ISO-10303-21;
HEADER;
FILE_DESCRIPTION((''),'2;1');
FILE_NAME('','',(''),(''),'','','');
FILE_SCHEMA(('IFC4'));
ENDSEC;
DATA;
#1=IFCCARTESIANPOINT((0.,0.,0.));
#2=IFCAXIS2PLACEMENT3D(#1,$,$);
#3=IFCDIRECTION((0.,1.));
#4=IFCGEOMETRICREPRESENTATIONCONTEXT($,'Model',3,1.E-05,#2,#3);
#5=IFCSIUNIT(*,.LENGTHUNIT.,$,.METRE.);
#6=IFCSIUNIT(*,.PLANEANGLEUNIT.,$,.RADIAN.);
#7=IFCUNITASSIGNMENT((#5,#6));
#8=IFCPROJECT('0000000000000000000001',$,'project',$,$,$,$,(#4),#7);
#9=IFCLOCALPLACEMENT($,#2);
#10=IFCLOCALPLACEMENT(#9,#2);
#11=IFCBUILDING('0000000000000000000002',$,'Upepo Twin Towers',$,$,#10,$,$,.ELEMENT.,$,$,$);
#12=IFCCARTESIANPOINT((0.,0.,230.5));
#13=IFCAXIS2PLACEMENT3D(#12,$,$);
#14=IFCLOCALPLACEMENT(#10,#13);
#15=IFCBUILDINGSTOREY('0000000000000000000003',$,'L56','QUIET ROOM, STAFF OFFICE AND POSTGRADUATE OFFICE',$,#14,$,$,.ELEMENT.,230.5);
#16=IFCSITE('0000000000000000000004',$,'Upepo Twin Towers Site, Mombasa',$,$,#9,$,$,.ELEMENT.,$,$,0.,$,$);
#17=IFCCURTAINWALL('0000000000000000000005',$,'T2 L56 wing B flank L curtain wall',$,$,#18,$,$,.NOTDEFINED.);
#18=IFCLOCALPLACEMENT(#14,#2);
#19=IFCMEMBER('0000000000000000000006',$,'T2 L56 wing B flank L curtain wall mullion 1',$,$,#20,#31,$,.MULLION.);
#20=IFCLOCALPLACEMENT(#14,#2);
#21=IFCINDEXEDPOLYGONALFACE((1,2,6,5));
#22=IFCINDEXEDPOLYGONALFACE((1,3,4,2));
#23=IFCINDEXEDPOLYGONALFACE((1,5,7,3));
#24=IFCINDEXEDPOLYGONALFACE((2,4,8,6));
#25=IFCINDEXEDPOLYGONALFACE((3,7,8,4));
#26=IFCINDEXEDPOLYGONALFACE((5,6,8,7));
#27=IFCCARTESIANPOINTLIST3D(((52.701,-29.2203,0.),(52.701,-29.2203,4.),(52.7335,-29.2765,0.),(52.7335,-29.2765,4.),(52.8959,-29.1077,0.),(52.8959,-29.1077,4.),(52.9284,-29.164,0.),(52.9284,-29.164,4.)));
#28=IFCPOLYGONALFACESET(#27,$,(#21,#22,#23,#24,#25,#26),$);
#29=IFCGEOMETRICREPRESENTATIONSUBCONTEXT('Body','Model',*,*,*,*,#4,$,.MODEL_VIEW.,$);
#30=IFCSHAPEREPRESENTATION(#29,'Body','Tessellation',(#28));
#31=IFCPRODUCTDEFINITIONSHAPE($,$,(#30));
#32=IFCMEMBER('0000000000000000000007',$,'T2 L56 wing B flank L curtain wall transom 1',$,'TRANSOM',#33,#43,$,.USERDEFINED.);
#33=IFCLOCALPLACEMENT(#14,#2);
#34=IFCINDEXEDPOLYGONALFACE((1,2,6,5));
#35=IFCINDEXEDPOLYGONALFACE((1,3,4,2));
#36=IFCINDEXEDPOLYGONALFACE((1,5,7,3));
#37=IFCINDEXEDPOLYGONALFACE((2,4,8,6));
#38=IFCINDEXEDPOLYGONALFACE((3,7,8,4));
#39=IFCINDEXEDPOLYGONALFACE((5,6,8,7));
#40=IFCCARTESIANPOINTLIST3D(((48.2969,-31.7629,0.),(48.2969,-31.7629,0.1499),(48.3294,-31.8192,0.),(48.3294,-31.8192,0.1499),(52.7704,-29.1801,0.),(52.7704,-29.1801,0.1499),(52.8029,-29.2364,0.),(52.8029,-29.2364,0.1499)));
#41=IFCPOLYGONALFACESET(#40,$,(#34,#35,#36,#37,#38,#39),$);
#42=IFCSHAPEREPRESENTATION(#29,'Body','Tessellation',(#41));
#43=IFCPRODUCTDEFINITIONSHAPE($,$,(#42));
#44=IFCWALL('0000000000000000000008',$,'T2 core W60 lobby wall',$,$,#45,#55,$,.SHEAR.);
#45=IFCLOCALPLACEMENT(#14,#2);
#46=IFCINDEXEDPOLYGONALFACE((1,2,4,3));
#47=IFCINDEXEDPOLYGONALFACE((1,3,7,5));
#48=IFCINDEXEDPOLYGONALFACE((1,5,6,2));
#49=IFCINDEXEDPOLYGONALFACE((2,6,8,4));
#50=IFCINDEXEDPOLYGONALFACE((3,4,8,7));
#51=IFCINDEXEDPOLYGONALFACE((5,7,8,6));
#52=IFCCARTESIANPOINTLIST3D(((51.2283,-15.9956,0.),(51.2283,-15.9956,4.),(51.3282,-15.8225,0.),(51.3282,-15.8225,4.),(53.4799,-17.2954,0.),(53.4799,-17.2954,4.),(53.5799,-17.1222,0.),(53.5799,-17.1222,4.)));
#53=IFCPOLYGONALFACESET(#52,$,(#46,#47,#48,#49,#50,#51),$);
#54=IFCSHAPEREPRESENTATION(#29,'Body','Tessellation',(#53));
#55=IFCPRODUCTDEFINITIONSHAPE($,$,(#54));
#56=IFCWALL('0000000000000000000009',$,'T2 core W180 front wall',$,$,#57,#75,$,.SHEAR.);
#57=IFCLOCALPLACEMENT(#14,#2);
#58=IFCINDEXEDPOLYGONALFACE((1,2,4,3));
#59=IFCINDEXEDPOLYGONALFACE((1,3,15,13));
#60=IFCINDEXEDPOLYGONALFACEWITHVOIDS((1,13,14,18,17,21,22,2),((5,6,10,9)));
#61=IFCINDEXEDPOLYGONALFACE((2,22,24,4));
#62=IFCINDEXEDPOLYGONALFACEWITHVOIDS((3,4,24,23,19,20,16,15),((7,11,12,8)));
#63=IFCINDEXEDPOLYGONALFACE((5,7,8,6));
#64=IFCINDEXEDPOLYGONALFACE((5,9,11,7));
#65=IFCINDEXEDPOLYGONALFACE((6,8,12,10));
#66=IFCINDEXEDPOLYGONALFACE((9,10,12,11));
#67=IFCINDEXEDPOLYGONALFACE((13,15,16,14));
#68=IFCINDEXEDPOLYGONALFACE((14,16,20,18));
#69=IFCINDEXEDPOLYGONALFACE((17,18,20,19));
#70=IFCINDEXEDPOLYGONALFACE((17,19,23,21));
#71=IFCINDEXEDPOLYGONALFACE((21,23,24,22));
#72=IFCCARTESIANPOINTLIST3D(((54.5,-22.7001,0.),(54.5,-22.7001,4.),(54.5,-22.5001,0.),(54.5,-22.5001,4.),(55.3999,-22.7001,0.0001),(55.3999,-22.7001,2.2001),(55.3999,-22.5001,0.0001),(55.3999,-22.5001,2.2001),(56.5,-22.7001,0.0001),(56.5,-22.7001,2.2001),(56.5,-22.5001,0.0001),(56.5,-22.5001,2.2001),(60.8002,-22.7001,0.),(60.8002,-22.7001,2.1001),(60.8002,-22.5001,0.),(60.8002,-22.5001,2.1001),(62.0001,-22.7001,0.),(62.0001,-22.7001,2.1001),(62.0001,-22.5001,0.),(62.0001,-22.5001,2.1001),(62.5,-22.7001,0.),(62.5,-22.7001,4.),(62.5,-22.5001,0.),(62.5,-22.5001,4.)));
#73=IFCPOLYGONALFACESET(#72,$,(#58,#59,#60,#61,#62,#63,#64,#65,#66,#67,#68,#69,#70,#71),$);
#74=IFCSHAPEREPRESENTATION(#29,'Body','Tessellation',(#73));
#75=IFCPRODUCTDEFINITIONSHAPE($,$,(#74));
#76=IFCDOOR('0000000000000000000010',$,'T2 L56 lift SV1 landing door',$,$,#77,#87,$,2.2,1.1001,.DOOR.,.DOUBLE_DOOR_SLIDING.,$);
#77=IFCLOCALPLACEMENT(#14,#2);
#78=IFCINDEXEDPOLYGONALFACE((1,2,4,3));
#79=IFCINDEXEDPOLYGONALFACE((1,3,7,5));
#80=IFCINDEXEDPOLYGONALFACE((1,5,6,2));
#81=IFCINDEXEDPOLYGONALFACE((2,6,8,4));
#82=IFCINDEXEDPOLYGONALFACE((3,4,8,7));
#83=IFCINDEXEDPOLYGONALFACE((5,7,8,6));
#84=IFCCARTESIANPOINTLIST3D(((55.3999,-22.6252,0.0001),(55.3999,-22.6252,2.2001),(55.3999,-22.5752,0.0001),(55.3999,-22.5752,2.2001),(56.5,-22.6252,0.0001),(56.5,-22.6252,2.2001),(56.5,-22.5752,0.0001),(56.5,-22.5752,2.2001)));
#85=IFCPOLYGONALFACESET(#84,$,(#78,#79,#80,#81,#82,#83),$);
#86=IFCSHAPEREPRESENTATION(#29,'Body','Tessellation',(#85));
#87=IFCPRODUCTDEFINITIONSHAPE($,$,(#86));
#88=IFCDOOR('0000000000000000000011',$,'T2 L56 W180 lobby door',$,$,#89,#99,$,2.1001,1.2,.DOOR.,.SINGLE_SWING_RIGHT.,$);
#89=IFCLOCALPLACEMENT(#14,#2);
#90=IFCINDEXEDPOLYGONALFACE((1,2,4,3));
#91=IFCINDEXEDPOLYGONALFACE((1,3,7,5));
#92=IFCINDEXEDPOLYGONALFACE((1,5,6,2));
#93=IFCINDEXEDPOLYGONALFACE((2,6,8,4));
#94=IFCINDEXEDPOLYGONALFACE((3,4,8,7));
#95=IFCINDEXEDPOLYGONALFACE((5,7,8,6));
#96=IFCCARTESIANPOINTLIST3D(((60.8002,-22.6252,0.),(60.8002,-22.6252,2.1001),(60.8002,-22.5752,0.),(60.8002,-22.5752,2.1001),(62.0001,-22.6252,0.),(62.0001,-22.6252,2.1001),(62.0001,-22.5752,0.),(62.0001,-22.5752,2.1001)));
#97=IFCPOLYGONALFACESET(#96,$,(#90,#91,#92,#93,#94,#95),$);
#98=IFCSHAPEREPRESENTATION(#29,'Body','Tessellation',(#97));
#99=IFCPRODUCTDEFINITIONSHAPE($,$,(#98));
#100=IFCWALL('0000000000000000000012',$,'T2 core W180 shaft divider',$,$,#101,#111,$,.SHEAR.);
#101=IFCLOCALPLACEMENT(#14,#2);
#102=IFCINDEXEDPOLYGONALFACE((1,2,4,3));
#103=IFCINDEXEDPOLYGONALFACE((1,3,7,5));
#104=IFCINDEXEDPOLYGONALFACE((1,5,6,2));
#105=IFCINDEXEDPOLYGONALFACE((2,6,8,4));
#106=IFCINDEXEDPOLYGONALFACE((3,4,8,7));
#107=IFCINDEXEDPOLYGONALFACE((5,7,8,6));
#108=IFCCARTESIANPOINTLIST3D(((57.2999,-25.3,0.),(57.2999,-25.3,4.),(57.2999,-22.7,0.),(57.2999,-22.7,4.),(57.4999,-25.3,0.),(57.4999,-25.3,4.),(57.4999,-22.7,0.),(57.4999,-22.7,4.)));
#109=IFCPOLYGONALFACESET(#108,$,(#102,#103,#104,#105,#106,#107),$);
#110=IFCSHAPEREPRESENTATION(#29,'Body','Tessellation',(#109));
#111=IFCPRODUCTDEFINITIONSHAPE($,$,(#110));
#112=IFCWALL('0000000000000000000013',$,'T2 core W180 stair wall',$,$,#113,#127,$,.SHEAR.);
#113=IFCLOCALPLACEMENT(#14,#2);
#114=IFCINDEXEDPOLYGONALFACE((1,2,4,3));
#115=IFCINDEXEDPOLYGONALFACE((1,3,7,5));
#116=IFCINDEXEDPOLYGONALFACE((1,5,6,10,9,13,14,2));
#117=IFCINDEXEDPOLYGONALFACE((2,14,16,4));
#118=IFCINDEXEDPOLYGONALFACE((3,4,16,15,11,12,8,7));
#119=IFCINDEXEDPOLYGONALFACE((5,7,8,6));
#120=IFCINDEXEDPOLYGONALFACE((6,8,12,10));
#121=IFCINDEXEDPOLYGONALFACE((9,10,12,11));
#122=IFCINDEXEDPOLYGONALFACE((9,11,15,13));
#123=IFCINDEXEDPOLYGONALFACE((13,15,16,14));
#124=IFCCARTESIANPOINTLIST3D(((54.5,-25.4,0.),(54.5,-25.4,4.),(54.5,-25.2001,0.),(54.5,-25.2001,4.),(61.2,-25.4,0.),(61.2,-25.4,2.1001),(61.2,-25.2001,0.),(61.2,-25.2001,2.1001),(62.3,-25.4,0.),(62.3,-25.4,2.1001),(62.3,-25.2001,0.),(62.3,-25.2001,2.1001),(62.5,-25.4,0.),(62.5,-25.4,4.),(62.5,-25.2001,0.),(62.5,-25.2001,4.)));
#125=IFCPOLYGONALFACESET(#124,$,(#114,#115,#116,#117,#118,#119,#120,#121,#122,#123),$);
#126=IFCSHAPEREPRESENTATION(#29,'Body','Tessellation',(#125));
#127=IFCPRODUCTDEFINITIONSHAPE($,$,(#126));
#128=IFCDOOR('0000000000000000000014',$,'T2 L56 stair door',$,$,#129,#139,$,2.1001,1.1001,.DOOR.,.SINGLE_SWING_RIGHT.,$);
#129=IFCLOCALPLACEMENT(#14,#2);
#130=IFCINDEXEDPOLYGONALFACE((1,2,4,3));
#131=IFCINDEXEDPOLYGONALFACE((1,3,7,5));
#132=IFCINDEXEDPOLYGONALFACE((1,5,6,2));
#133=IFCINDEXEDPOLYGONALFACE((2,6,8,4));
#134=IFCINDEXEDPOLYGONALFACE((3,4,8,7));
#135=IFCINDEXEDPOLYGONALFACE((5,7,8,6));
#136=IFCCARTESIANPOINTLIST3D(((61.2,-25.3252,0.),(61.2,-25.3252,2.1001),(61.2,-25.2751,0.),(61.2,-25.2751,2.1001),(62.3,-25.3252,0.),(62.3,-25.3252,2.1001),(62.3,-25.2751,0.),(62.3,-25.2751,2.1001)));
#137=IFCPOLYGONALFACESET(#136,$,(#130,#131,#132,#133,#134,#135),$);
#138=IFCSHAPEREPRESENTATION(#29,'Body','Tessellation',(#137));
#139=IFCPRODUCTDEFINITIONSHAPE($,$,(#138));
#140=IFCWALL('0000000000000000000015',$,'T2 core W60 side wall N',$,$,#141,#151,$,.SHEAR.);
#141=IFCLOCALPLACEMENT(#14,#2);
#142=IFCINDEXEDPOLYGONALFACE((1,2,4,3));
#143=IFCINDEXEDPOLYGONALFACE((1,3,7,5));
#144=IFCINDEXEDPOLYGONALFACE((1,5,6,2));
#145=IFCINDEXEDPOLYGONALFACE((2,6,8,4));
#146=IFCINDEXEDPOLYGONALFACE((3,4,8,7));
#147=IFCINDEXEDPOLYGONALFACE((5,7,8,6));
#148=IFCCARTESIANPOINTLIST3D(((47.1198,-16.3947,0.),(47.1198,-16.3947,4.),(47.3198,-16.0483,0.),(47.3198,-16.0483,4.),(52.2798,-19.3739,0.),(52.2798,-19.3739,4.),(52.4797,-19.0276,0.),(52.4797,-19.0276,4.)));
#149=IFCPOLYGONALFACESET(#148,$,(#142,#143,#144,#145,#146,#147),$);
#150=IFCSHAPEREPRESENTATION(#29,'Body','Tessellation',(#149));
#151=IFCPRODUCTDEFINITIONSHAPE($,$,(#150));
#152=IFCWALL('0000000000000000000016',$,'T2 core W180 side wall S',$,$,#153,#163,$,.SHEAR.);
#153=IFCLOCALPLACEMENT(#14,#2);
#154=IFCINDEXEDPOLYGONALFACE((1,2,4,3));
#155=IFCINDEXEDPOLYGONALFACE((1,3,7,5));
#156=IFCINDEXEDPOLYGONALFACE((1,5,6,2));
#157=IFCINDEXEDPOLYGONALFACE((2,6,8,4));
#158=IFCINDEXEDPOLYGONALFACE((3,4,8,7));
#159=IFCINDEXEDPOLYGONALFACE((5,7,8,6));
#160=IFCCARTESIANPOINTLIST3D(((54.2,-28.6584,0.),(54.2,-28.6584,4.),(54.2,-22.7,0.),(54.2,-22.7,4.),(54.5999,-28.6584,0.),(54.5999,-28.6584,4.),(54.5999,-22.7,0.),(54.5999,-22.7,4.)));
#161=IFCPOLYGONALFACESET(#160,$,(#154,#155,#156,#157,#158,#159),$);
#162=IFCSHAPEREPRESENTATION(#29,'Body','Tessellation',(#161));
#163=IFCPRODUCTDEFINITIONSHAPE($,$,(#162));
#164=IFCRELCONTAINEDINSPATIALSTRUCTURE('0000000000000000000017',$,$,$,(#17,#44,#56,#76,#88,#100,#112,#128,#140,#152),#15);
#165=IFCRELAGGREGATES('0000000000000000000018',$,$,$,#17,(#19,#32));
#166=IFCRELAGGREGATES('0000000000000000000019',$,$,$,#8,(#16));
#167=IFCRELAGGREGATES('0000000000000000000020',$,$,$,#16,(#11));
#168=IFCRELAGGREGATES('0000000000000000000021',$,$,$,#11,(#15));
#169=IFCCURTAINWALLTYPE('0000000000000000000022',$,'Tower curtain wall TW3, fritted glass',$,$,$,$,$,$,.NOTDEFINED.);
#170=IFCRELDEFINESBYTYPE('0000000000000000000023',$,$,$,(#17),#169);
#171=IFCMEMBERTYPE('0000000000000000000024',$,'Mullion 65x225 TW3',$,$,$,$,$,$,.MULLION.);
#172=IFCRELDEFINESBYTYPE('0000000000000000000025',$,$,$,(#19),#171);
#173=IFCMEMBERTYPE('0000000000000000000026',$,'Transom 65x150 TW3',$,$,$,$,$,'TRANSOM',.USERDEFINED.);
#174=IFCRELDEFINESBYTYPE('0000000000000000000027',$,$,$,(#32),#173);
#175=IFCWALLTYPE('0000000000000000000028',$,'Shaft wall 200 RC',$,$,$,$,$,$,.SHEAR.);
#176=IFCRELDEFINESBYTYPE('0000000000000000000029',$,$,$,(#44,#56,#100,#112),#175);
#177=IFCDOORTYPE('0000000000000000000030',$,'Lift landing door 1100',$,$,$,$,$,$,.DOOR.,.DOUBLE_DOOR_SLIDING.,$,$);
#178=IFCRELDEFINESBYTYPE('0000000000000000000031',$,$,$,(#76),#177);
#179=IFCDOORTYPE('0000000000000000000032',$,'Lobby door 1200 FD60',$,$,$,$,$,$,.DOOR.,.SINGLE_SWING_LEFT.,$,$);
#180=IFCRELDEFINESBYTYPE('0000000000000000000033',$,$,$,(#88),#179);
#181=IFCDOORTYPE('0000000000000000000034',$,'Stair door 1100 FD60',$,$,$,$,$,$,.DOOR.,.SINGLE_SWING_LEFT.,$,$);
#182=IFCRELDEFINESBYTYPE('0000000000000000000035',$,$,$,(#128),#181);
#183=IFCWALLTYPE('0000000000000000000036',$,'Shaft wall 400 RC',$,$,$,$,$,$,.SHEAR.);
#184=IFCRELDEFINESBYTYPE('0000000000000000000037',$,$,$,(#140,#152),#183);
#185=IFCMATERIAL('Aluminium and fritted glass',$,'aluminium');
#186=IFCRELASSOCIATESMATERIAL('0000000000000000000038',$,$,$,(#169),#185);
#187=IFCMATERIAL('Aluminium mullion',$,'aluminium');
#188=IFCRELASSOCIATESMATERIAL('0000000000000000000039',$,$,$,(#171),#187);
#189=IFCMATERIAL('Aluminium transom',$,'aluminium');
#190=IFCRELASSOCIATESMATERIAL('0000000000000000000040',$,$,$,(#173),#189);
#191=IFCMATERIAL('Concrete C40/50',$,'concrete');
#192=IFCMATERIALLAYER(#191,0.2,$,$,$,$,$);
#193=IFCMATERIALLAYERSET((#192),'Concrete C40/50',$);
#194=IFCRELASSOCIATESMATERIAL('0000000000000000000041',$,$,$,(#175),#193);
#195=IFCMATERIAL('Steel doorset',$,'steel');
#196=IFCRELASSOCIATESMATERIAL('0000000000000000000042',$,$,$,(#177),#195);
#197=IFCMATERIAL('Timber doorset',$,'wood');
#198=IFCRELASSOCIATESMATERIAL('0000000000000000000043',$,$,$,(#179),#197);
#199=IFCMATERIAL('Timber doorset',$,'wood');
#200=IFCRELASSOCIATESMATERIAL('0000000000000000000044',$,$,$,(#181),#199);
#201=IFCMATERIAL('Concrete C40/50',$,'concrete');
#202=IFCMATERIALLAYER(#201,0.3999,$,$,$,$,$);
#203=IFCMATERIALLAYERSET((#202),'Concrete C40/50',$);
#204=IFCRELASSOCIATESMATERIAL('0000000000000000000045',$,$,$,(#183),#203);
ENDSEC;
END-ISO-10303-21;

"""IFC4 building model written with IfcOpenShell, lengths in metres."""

from ifc_helpers import new_model, si_unit, direction, frame, frame_2d, origin, origin_2d, place, context, subcontext, project, spatial, rectangle, extrude, material, layer, layer_set, material_profile, profile_set, type_object, element, fill, aggregate, save


model = new_model("IFC4")

# Units and contexts
model_context = context("Model", 3, precision=1e-05, world=origin(), true_north=direction((0.0, 1.0)))
body_context = subcontext(model_context, "Body", "Model", "MODEL_VIEW")
ifc_project = project(units=[si_unit("LENGTHUNIT", "METRE"), si_unit("PLANEANGLEUNIT", "RADIAN")], contexts=[model_context])

# Site, building, storey
site_placement = place(None, origin())
site = spatial("IfcSite", under=ifc_project, at=site_placement, Name="Upepo Twin Towers Site, Mombasa", CompositionType="ELEMENT", RefElevation=0.0)
building_placement = place(site_placement, origin())
building = spatial("IfcBuilding", under=site, at=building_placement, Name="Upepo Twin Towers", CompositionType="ELEMENT")
storey_placement = place(building_placement, frame((0.0, 0.0, 230.5)))
storey = spatial("IfcBuildingStorey", under=building, at=storey_placement, Name="L56", Description="QUIET ROOM, STAFF OFFICE AND POSTGRADUATE OFFICE", CompositionType="ELEMENT", Elevation=230.5)

# Curtain wall, members
ifc_material_1 = material(Name="Aluminium and fritted glass", Category="aluminium")
curtain_wall_type = type_object("IfcCurtainWallType", Name="Tower curtain wall TW3, fritted glass", PredefinedType="NOTDEFINED", material=ifc_material_1)
curtain_wall_placement = place(storey_placement, origin())
curtain_wall = element("IfcCurtainWall", 1, at=curtain_wall_placement, inside=storey, type_object=curtain_wall_type, Name="T2 L56 wing B flank L curtain wall", PredefinedType="NOTDEFINED")
ifc_material_2 = material(Name="Aluminium mullion", Category="aluminium")
ifc_material_profile_1 = material_profile(ifc_material_2, rectangle(XDim=0.0649, YDim=0.2251, at=origin_2d()), Name="MULLION 65x225")
ifc_profile_set_1 = profile_set([ifc_material_profile_1], Name="Aluminium mullion")
member_type_1 = type_object("IfcMemberType", Name="Mullion 65x225 TW3", PredefinedType="MULLION", material=ifc_profile_set_1)
member_1_placement = place(storey_placement, frame((52.8147, -29.1921, 0.0), z_axis=(0.0, 0.0, 1.0), x_axis=(0.5, -0.866025, 0.0)))
member_1 = element("IfcMember", 2, at=member_1_placement, type_object=member_type_1, Name="T2 L56 wing B flank L curtain wall mullion 1", PredefinedType="MULLION", context=body_context, shape_type="SweptSolid", body=[
    extrude(rectangle(XDim=0.0649, YDim=0.2251, at=origin_2d()), origin(), (0.0, 0.0, 1.0), 4.0),
])
ifc_material_3 = material(Name="Aluminium transom", Category="aluminium")
ifc_material_profile_2 = material_profile(ifc_material_3, rectangle(XDim=0.0649, YDim=0.1499, at=origin_2d()), Name="TRANSOM 65x150")
ifc_profile_set_2 = profile_set([ifc_material_profile_2], Name="Aluminium transom")
member_type_2 = type_object("IfcMemberType", Name="Transom 65x150 TW3", ElementType="TRANSOM", PredefinedType="USERDEFINED", material=ifc_profile_set_2)
member_2_placement = place(storey_placement, frame((52.7866, -29.2083, 0.075), z_axis=(-0.866021, -0.500007, 0.0), x_axis=(0.500007, -0.866021, 0.0)))
member_2 = element("IfcMember", 3, at=member_2_placement, type_object=member_type_2, Name="T2 L56 wing B flank L curtain wall transom 1", ObjectType="TRANSOM", PredefinedType="USERDEFINED", context=body_context, shape_type="SweptSolid", body=[
    extrude(rectangle(XDim=0.0649, YDim=0.1499, at=origin_2d()), origin(), (0.0, 0.0, 1.0), 5.1655),
])
aggregate(curtain_wall, [member_1, member_2])

# Wall
ifc_material_4 = material(Name="Concrete C40/50", Category="concrete")
ifc_layer_1 = layer(ifc_material_4, 0.2)
ifc_layer_set_1 = layer_set([ifc_layer_1], Name="Concrete C40/50")
wall_type_1 = type_object("IfcWallType", Name="Shaft wall 200 RC", PredefinedType="SHEAR", material=ifc_layer_set_1)
wall_1_placement = place(storey_placement, frame((53.5298, -17.2087, 0.0), z_axis=(0.0, 0.0, 1.0), x_axis=(-0.866062, 0.499937, 0.0)))
element("IfcWall", 4, at=wall_1_placement, inside=storey, type_object=wall_type_1, Name="T2 core W60 lobby wall", PredefinedType="SHEAR", context=body_context, shape_type="SweptSolid", body=[
    extrude(rectangle(XDim=2.5999, YDim=0.2, at=frame_2d((1.2998, 0.0))), origin(), (0.0, 0.0, 1.0), 4.0),
])

# Wall, openings, doors
wall_2_placement = place(storey_placement, frame((54.5, -22.6001, 0.0), z_axis=(0.0, 0.0, 1.0), x_axis=(1.0, 0.0, 0.0)))
wall_2 = element("IfcWall", 5, at=wall_2_placement, inside=storey, type_object=wall_type_1, Name="T2 core W180 front wall", PredefinedType="SHEAR", context=body_context, shape_type="SweptSolid", body=[
    extrude(rectangle(XDim=8.0, YDim=0.2, at=frame_2d((4.0, 0.0))), origin(), (0.0, 0.0, 1.0), 4.0),
])
opening_1_placement = place(wall_2_placement, frame((6.3, 0.0, 0.0)))
opening_1 = element("IfcOpeningElement", 6, at=opening_1_placement, cuts=wall_2, PredefinedType="OPENING", context=body_context, shape_type="SweptSolid", body=[
    extrude(rectangle(XDim=1.2, YDim=2.1001, at=frame_2d((0.6001, 1.05))), frame((0.0, 0.1099, 0.0), z_axis=(0.0, -1.0, 0.0), x_axis=(1.0, 0.0, 0.0)), (0.0, 0.0, 1.0), 0.22),
])
opening_2_placement = place(wall_2_placement, frame((0.8999, 0.0, 0.0)))
opening_2 = element("IfcOpeningElement", 7, at=opening_2_placement, cuts=wall_2, PredefinedType="OPENING", context=body_context, shape_type="SweptSolid", body=[
    extrude(rectangle(XDim=1.1001, YDim=2.2, at=frame_2d((0.55, 1.1001))), frame((0.0, 0.1099, 0.0), z_axis=(0.0, -1.0, 0.0), x_axis=(1.0, 0.0, 0.0)), (0.0, 0.0, 1.0), 0.22),
])
ifc_material_5 = material(Name="Steel doorset", Category="steel")
door_type_1 = type_object("IfcDoorType", Name="Lift landing door 1100", OperationType="DOUBLE_DOOR_SLIDING", PredefinedType="DOOR", material=ifc_material_5)
door_1_placement = place(opening_2_placement, origin())
door_1 = element("IfcDoor", 8, at=door_1_placement, inside=storey, type_object=door_type_1, Name="T2 L56 lift SV1 landing door", OperationType="DOUBLE_DOOR_SLIDING", OverallHeight=2.2, OverallWidth=1.1001, PredefinedType="DOOR", context=body_context, shape_type="SweptSolid", body=[
    extrude(rectangle(XDim=1.1001, YDim=2.2, at=frame_2d((0.55, 1.1001))), frame((0.0, 0.0249, 0.0), z_axis=(0.0, -1.0, 0.0), x_axis=(1.0, 0.0, 0.0)), (0.0, 0.0, 1.0), 0.05),
])
fill(opening_2, door_1)
ifc_material_6 = material(Name="Timber doorset", Category="wood")
door_type_2 = type_object("IfcDoorType", Name="Lobby door 1200 FD60", OperationType="SINGLE_SWING_LEFT", PredefinedType="DOOR", material=ifc_material_6)
door_2_placement = place(opening_1_placement, origin())
door_2 = element("IfcDoor", 9, at=door_2_placement, inside=storey, type_object=door_type_2, Name="T2 L56 W180 lobby door", OperationType="SINGLE_SWING_RIGHT", OverallHeight=2.1001, OverallWidth=1.2, PredefinedType="DOOR", context=body_context, shape_type="SweptSolid", body=[
    extrude(rectangle(XDim=1.2, YDim=2.1001, at=frame_2d((0.6001, 1.05))), frame((0.0, 0.0249, 0.0), z_axis=(0.0, -1.0, 0.0), x_axis=(1.0, 0.0, 0.0)), (0.0, 0.0, 1.0), 0.05),
])
fill(opening_1, door_2)

# Wall
wall_3_placement = place(storey_placement, frame((57.3999, -22.7, 0.0), z_axis=(0.0, 0.0, 1.0), x_axis=(0.0, -1.0, 0.0)))
element("IfcWall", 10, at=wall_3_placement, inside=storey, type_object=wall_type_1, Name="T2 core W180 shaft divider", PredefinedType="SHEAR", context=body_context, shape_type="SweptSolid", body=[
    extrude(rectangle(XDim=2.6001, YDim=0.2, at=frame_2d((1.3, 0.0))), origin(), (0.0, 0.0, 1.0), 4.0),
])

# Wall, opening, door
wall_4_placement = place(storey_placement, frame((54.5, -25.3, 0.0), z_axis=(0.0, 0.0, 1.0), x_axis=(1.0, 0.0, 0.0)))
wall_4 = element("IfcWall", 11, at=wall_4_placement, inside=storey, type_object=wall_type_1, Name="T2 core W180 stair wall", PredefinedType="SHEAR", context=body_context, shape_type="SweptSolid", body=[
    extrude(rectangle(XDim=8.0, YDim=0.2, at=frame_2d((4.0, 0.0))), origin(), (0.0, 0.0, 1.0), 4.0),
])
opening_3_placement = place(wall_4_placement, frame((6.7, 0.0, 0.0)))
opening_3 = element("IfcOpeningElement", 12, at=opening_3_placement, cuts=wall_4, PredefinedType="OPENING", context=body_context, shape_type="SweptSolid", body=[
    extrude(rectangle(XDim=1.1001, YDim=2.1001, at=frame_2d((0.55, 1.05))), frame((0.0, 0.1099, 0.0), z_axis=(0.0, -1.0, 0.0), x_axis=(1.0, 0.0, 0.0)), (0.0, 0.0, 1.0), 0.22),
])
ifc_material_7 = material(Name="Timber doorset", Category="wood")
door_type_3 = type_object("IfcDoorType", Name="Stair door 1100 FD60", OperationType="SINGLE_SWING_LEFT", PredefinedType="DOOR", material=ifc_material_7)
door_3_placement = place(opening_3_placement, origin())
door_3 = element("IfcDoor", 13, at=door_3_placement, inside=storey, type_object=door_type_3, Name="T2 L56 stair door", OperationType="SINGLE_SWING_RIGHT", OverallHeight=2.1001, OverallWidth=1.1001, PredefinedType="DOOR", context=body_context, shape_type="SweptSolid", body=[
    extrude(rectangle(XDim=1.1001, YDim=2.1001, at=frame_2d((0.55, 1.05))), frame((0.0, 0.0249, 0.0), z_axis=(0.0, -1.0, 0.0), x_axis=(1.0, 0.0, 0.0)), (0.0, 0.0, 1.0), 0.05),
])
fill(opening_3, door_3)

# Walls
ifc_material_8 = material(Name="Concrete C40/50", Category="concrete")
ifc_layer_2 = layer(ifc_material_8, 0.3999)
ifc_layer_set_2 = layer_set([ifc_layer_2], Name="Concrete C40/50")
wall_type_2 = type_object("IfcWallType", Name="Shaft wall 400 RC", PredefinedType="SHEAR", material=ifc_layer_set_2)
wall_5_placement = place(storey_placement, frame((52.3796, -19.2007, 0.0), z_axis=(0.0, 0.0, 1.0), x_axis=(-0.866013, 0.500022, 0.0)))
element("IfcWall", 14, at=wall_5_placement, inside=storey, type_object=wall_type_2, Name="T2 core W60 side wall N", PredefinedType="SHEAR", context=body_context, shape_type="SweptSolid", body=[
    extrude(rectangle(XDim=5.9583, YDim=0.3999, at=frame_2d((2.979, 0.0))), origin(), (0.0, 0.0, 1.0), 4.0),
])
wall_6_placement = place(storey_placement, frame((54.3999, -22.7, 0.0), z_axis=(0.0, 0.0, 1.0), x_axis=(0.0, -1.0, 0.0)))
element("IfcWall", 15, at=wall_6_placement, inside=storey, type_object=wall_type_2, Name="T2 core W180 side wall S", PredefinedType="SHEAR", context=body_context, shape_type="SweptSolid", body=[
    extrude(rectangle(XDim=5.9585, YDim=0.3999, at=frame_2d((2.9792, 0.0))), origin(), (0.0, 0.0, 1.0), 4.0),
])

save(model, "model.ifc")
